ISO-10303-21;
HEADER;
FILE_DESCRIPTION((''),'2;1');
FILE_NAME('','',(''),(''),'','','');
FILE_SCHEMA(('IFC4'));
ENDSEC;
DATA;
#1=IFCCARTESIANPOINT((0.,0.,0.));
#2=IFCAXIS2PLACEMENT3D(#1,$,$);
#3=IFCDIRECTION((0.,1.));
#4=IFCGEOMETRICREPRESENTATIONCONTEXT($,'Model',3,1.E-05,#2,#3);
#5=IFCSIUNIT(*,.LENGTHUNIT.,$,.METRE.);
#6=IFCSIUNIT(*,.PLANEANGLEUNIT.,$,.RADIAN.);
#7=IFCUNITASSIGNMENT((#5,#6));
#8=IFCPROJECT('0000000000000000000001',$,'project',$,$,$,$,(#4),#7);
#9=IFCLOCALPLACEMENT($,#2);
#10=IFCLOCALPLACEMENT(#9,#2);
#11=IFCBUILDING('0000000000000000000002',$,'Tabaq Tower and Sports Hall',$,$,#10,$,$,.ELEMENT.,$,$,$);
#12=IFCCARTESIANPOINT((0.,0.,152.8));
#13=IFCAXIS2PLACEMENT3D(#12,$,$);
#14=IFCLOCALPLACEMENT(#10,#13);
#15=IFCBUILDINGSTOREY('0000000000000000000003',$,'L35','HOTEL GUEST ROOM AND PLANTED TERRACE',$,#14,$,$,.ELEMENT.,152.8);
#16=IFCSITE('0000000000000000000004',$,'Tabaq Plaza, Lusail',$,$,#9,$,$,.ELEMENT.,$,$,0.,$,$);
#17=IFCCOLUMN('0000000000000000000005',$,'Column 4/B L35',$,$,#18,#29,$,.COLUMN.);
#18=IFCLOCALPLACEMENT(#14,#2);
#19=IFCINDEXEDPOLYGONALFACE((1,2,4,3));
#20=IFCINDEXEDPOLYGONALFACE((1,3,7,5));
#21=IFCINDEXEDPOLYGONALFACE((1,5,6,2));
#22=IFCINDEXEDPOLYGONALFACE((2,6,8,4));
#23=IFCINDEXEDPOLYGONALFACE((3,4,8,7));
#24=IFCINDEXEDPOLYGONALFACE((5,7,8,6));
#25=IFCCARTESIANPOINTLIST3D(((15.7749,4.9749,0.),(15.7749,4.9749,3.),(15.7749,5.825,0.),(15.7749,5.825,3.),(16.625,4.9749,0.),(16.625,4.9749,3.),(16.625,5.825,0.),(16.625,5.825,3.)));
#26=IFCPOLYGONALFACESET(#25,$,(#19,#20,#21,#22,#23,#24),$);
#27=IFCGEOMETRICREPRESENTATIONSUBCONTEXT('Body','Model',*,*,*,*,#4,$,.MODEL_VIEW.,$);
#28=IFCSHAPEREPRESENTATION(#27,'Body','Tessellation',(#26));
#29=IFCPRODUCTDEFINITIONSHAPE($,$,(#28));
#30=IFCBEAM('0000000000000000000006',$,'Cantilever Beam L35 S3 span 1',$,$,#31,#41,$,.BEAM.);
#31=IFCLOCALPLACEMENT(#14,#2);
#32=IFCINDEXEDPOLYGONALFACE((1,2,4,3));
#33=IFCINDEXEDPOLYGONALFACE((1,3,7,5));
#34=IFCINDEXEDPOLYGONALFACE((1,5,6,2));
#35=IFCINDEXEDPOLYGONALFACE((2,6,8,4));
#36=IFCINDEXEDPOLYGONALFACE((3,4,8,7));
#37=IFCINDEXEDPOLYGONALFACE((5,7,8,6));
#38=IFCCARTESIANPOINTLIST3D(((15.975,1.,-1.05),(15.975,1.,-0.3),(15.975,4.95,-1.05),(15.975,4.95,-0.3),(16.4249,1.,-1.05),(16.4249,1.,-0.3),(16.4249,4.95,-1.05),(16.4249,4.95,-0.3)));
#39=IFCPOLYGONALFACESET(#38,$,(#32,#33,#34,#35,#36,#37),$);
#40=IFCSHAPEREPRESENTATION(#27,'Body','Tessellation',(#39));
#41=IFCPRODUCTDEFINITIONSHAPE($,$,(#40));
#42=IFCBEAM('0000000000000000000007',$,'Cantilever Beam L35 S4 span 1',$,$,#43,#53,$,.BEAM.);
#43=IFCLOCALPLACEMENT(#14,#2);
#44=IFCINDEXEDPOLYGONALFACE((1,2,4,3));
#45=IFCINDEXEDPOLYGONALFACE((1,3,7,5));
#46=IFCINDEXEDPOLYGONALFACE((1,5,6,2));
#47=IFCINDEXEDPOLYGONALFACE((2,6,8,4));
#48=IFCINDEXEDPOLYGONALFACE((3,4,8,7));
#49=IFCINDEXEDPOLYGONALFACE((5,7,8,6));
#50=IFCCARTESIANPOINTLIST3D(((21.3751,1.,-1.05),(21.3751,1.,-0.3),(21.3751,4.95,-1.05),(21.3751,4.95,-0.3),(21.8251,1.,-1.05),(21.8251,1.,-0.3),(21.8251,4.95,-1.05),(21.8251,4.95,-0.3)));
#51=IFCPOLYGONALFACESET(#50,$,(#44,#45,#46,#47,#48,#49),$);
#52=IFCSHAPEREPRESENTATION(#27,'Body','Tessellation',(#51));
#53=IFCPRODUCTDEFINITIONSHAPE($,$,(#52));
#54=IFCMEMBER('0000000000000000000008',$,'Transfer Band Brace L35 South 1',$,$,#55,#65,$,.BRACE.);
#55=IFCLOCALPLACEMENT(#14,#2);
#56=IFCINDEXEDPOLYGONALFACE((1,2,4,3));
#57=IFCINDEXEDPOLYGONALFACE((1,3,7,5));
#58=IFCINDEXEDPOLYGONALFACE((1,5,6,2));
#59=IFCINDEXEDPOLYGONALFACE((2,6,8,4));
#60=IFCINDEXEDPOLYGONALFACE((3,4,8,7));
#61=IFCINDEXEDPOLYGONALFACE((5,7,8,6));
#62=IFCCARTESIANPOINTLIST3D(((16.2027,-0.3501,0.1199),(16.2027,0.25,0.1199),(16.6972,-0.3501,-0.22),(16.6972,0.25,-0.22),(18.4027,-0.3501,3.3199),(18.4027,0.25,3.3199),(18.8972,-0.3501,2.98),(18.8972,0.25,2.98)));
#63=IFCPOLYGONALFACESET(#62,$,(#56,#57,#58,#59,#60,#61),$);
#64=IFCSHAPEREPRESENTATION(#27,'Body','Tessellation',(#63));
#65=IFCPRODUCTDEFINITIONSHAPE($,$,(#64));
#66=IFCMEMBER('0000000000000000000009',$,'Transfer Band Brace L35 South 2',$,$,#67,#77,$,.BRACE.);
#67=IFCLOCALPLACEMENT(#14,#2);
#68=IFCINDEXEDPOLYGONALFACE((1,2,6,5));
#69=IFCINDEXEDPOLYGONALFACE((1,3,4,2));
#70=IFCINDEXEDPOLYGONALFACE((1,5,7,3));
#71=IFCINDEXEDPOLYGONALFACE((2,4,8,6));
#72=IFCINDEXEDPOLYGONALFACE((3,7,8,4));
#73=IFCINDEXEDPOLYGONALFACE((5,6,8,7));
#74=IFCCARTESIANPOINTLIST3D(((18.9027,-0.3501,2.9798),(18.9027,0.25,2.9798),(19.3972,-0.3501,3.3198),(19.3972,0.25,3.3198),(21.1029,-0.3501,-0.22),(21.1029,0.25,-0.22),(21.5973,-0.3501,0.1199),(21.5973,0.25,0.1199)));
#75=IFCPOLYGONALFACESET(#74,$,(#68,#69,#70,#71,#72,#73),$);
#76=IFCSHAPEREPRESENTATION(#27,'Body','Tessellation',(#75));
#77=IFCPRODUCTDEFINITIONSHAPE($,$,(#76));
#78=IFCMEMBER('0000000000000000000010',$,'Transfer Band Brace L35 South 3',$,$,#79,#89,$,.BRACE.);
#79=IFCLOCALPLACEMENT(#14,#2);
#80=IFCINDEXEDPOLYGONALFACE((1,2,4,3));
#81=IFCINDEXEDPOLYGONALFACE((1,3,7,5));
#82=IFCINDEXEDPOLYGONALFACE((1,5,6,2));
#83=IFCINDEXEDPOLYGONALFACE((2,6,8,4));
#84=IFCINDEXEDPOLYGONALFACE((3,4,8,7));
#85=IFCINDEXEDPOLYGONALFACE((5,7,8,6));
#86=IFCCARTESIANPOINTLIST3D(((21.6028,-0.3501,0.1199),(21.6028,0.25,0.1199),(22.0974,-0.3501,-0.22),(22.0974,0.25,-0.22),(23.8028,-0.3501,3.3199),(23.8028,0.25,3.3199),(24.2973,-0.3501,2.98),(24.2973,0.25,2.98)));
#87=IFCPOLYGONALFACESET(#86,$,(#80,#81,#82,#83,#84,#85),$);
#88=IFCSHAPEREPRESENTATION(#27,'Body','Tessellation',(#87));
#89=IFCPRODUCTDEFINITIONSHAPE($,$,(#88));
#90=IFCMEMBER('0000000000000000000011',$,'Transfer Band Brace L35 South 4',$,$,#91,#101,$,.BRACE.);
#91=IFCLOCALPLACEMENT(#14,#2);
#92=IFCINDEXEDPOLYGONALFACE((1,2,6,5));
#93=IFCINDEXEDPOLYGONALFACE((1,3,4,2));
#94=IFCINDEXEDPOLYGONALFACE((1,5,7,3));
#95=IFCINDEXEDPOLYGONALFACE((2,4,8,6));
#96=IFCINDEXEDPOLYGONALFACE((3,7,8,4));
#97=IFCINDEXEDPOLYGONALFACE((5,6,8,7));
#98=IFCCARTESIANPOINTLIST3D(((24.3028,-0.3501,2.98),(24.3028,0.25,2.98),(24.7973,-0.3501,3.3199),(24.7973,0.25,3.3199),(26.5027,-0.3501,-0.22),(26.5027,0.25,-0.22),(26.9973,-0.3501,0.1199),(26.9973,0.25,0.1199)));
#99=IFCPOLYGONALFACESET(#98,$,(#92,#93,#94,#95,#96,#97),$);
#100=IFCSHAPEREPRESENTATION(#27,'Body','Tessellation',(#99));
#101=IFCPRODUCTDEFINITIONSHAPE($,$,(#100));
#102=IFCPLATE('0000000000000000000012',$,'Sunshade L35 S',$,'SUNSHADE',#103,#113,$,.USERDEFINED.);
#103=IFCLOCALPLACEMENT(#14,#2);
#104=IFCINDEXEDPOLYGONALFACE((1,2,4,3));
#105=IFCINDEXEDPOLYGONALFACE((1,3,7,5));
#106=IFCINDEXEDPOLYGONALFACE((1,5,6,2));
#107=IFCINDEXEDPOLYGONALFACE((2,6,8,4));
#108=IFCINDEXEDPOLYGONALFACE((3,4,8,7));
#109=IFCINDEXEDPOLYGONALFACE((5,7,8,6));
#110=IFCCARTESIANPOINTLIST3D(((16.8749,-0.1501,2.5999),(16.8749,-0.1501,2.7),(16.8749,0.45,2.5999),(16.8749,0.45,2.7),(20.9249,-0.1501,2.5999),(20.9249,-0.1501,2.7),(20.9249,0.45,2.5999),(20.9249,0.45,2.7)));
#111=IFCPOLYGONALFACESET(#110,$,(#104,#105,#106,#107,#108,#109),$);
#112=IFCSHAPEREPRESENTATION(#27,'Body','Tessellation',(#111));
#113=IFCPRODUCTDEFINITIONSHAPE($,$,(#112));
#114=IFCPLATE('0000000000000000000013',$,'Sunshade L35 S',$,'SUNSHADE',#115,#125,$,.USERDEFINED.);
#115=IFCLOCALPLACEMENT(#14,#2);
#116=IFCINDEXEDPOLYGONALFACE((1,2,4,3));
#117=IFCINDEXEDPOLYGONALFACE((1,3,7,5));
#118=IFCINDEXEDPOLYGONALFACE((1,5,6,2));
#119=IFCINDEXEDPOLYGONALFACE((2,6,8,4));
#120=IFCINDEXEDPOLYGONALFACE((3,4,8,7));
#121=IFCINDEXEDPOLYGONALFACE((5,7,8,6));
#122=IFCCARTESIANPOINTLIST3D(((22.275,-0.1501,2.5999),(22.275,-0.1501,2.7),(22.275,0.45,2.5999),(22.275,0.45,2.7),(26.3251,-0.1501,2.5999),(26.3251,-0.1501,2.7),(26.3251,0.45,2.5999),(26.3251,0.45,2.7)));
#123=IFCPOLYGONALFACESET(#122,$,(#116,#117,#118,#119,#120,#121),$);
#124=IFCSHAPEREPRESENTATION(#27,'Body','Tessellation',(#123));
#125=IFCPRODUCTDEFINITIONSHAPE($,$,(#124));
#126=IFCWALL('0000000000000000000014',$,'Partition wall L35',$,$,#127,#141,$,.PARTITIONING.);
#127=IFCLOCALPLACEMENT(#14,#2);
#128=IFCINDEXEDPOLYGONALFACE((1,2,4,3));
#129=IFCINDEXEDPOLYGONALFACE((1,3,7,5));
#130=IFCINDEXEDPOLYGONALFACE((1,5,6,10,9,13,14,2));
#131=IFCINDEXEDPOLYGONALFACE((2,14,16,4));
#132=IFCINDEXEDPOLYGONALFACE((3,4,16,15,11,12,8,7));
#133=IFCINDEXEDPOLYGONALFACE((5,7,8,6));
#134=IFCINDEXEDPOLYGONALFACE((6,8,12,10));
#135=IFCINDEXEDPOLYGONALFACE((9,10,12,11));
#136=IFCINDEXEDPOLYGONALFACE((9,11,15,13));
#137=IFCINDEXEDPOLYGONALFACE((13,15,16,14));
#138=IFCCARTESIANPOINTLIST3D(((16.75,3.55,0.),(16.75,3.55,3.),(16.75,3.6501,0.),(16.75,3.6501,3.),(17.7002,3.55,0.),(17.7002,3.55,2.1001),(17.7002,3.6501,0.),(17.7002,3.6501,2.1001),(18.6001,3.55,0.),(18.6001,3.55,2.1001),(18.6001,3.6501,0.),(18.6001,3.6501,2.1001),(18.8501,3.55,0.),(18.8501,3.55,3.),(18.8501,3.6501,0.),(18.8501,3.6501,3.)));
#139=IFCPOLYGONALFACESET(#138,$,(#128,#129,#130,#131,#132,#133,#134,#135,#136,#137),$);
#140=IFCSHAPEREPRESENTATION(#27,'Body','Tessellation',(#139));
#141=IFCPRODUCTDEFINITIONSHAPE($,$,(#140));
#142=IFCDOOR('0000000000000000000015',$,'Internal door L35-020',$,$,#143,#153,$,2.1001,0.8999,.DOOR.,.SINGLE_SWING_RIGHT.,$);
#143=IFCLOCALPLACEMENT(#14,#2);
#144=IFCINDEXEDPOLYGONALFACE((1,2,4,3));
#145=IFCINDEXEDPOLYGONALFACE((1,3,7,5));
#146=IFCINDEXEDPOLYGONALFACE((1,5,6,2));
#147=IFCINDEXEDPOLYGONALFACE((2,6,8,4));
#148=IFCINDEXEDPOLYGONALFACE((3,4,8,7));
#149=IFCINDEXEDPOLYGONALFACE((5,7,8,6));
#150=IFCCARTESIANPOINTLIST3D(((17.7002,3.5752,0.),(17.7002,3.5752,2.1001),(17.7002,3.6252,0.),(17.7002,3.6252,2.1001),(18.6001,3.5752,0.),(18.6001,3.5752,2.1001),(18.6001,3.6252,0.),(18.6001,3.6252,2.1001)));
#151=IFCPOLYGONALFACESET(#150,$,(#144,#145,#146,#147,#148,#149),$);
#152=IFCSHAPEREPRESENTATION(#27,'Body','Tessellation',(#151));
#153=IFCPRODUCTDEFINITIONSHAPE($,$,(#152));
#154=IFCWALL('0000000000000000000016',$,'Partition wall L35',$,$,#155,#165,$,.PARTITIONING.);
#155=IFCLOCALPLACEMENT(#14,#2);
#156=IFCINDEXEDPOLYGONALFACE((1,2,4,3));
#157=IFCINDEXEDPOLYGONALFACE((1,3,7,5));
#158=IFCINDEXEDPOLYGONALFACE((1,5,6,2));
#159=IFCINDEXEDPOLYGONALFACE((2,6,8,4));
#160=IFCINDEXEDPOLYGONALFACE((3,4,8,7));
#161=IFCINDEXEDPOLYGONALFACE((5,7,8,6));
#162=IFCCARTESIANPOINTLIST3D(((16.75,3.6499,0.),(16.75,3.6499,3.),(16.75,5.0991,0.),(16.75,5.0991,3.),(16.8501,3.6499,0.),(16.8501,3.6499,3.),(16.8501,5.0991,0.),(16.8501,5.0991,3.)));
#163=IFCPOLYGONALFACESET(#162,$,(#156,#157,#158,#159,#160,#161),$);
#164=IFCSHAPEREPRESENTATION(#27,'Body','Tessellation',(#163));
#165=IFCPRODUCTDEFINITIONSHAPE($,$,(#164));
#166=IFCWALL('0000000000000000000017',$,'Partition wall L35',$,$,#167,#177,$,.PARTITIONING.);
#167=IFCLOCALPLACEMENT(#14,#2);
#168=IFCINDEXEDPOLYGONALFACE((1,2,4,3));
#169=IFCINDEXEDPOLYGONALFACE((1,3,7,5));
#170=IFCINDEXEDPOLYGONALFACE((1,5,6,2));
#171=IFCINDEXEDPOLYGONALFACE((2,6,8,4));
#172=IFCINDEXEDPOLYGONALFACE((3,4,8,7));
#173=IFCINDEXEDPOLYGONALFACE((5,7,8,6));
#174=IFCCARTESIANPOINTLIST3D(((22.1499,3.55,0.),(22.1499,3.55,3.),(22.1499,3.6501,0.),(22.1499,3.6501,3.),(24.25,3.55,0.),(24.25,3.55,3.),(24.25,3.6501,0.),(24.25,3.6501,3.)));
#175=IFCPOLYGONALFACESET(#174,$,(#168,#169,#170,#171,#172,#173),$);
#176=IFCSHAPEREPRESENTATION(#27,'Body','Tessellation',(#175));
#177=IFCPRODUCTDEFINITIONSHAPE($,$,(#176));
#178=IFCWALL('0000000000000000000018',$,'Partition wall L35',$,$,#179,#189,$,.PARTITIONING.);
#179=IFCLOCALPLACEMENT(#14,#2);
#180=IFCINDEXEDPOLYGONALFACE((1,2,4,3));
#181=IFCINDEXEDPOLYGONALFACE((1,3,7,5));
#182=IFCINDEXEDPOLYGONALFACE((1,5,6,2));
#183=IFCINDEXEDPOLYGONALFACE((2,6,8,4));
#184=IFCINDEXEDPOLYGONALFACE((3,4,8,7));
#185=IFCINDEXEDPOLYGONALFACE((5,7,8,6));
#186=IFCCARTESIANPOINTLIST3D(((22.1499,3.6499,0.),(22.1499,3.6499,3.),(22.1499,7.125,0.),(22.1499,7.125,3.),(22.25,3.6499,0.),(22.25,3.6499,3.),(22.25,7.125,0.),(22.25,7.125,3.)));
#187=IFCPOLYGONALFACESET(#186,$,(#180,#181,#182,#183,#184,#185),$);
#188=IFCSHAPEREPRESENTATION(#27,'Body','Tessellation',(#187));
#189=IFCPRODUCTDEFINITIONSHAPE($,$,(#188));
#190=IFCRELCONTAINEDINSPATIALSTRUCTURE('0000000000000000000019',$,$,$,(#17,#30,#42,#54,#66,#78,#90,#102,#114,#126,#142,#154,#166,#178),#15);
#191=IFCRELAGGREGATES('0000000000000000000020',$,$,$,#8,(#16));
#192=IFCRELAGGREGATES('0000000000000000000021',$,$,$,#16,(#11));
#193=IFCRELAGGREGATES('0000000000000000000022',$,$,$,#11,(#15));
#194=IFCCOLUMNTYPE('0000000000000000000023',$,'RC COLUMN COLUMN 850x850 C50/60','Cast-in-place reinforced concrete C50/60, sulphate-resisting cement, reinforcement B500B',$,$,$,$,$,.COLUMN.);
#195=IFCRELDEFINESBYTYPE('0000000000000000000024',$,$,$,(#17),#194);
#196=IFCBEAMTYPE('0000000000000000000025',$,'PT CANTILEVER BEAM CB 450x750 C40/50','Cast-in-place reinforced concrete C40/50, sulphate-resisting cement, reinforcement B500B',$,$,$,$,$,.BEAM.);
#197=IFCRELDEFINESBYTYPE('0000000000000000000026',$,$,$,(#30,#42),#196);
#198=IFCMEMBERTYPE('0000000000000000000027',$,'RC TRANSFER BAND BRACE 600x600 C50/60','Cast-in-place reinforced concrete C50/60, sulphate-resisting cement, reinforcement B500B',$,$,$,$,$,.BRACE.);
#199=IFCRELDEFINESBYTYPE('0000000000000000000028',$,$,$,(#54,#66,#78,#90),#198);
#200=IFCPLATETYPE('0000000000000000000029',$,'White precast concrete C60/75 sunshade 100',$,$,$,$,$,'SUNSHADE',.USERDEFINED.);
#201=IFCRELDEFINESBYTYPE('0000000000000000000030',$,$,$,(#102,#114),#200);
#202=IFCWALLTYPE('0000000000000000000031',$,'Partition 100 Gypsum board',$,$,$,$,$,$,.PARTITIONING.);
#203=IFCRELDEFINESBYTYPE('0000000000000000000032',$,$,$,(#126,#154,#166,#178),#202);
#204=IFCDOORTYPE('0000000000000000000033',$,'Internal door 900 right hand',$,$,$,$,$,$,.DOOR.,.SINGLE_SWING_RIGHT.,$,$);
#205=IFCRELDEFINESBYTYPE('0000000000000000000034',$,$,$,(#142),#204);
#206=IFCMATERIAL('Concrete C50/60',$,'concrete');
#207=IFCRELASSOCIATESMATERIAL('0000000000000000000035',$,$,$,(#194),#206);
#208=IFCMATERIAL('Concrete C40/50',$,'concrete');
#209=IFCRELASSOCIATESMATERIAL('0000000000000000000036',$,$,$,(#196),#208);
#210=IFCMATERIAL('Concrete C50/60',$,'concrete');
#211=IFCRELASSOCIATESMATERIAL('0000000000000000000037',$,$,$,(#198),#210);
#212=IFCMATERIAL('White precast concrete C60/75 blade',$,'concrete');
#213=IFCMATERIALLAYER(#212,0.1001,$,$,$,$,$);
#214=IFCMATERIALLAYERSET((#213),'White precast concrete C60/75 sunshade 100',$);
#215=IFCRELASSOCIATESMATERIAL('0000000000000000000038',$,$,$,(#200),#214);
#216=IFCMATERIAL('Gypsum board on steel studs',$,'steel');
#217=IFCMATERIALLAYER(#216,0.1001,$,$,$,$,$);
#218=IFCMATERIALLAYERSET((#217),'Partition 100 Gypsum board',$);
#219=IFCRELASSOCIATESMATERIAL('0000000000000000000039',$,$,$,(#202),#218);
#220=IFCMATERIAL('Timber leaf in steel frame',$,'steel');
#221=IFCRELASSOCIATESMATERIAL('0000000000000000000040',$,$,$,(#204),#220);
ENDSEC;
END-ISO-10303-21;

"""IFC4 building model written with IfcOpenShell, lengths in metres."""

from ifc_helpers import new_model, si_unit, direction, frame, frame_2d, origin, origin_2d, place, context, subcontext, project, spatial, rectangle, extrude, material, layer, layer_set, material_profile, profile_set, type_object, element, fill, save


model = new_model("IFC4")

# Units and contexts
model_context = context("Model", 3, precision=1e-05, world=origin(), true_north=direction((0.0, 1.0)))
body_context = subcontext(model_context, "Body", "Model", "MODEL_VIEW")
ifc_project = project(units=[si_unit("LENGTHUNIT", "METRE"), si_unit("PLANEANGLEUNIT", "RADIAN")], contexts=[model_context])

# Site, building, storey
site_placement = place(None, origin())
site = spatial("IfcSite", under=ifc_project, at=site_placement, Name="Tabaq Plaza, Lusail", CompositionType="ELEMENT", RefElevation=0.0)
building_placement = place(site_placement, origin())
building = spatial("IfcBuilding", under=site, at=building_placement, Name="Tabaq Tower and Sports Hall", CompositionType="ELEMENT")
storey_placement = place(building_placement, frame((0.0, 0.0, 152.8)))
storey = spatial("IfcBuildingStorey", under=building, at=storey_placement, Name="L35", Description="HOTEL GUEST ROOM AND PLANTED TERRACE", CompositionType="ELEMENT", Elevation=152.8)

# Column
ifc_material_1 = material(Name="Concrete C50/60", Category="concrete")
ifc_material_profile_1 = material_profile(ifc_material_1, rectangle(XDim=0.8501, YDim=0.8501, at=origin_2d()), Name="COLUMN 850x850")
ifc_profile_set_1 = profile_set([ifc_material_profile_1], Name="Concrete C50/60")
column_type = type_object("IfcColumnType", Name="RC COLUMN COLUMN 850x850 C50/60", Description="Cast-in-place reinforced concrete C50/60, sulphate-resisting cement, reinforcement B500B", PredefinedType="COLUMN", material=ifc_profile_set_1)
column_placement = place(storey_placement, frame((16.2, 5.3999, 0.0), z_axis=(0.0, 0.0, 1.0), x_axis=(1.0, 0.0, 0.0)))
element("IfcColumn", 1, at=column_placement, inside=storey, type_object=column_type, Name="Column 4/B L35", PredefinedType="COLUMN", context=body_context, shape_type="SweptSolid", body=[
    extrude(rectangle(XDim=0.8501, YDim=0.8501, at=origin_2d()), origin(), (0.0, 0.0, 1.0), 3.0),
])

# Beams
ifc_material_2 = material(Name="Concrete C40/50", Category="concrete")
ifc_material_profile_2 = material_profile(ifc_material_2, rectangle(XDim=0.45, YDim=0.75, at=origin_2d()), Name="CB 450x750")
ifc_profile_set_2 = profile_set([ifc_material_profile_2], Name="Concrete C40/50")
beam_type = type_object("IfcBeamType", Name="PT CANTILEVER BEAM CB 450x750 C40/50", Description="Cast-in-place reinforced concrete C40/50, sulphate-resisting cement, reinforcement B500B", PredefinedType="BEAM", material=ifc_profile_set_2)
for number, where, z_axis, x_axis, name in (
    (2, (16.2, 1.0, -0.675), (0.0, 1.0, 0.0), (-1.0, 0.0, 0.0), "Cantilever Beam L35 S3 span 1"),
    (3, (21.6001, 1.0, -0.675), (0.0, 1.0, 0.0), (-1.0, 0.0, 0.0), "Cantilever Beam L35 S4 span 1"),
):
    element("IfcBeam", number, at=place(storey_placement, frame(where, z_axis=z_axis, x_axis=x_axis)), inside=storey, type_object=beam_type, Name=name, PredefinedType="BEAM", context=body_context, shape_type="SweptSolid", body=[
        extrude(rectangle(XDim=0.45, YDim=0.75, at=origin_2d()), origin(), (0.0, 0.0, 1.0), 3.95),
    ])

# Members
ifc_material_3 = material(Name="Concrete C50/60", Category="concrete")
ifc_material_profile_3 = material_profile(ifc_material_3, rectangle(XDim=0.6001, YDim=0.6001, at=origin_2d()), Name="TRANSFER BAND BRACE 600x600")
ifc_profile_set_3 = profile_set([ifc_material_profile_3], Name="Concrete C50/60")
member_type = type_object("IfcMemberType", Name="RC TRANSFER BAND BRACE 600x600 C50/60", Description="Cast-in-place reinforced concrete C50/60, sulphate-resisting cement, reinforcement B500B", PredefinedType="BRACE", material=ifc_profile_set_3)
for number, where, z_axis, x_axis, name in (
    (4, (16.45, -0.05, -0.05), (0.566526, 0.0, 0.824044), (0.0, 1.0, 0.0), "Transfer Band Brace L35 South 1"),
    (5, (21.3501, -0.05, -0.05), (-0.566569, 0.0, 0.824014), (0.0, -1.0, 0.0), "Transfer Band Brace L35 South 2"),
    (6, (21.8501, -0.05, -0.05), (0.566526, 0.0, 0.824044), (0.0, 1.0, 0.0), "Transfer Band Brace L35 South 3"),
    (7, (26.75, -0.05, -0.05), (-0.566526, 0.0, 0.824044), (0.0, -1.0, 0.0), "Transfer Band Brace L35 South 4"),
):
    element("IfcMember", number, at=place(storey_placement, frame(where, z_axis=z_axis, x_axis=x_axis)), inside=storey, type_object=member_type, Name=name, PredefinedType="BRACE", context=body_context, shape_type="SweptSolid", body=[
        extrude(rectangle(XDim=0.6001, YDim=0.6001, at=origin_2d()), origin(), (0.0, 0.0, 1.0), 3.8833),
    ])

# Plates
ifc_material_4 = material(Name="White precast concrete C60/75 blade", Category="concrete")
ifc_layer_1 = layer(ifc_material_4, 0.1001)
ifc_layer_set_1 = layer_set([ifc_layer_1], Name="White precast concrete C60/75 sunshade 100")
plate_type = type_object("IfcPlateType", Name="White precast concrete C60/75 sunshade 100", ElementType="SUNSHADE", PredefinedType="USERDEFINED", material=ifc_layer_set_1)
for number, where, z_axis, x_axis, name in (
    (8, (18.8999, 0.1499, 2.5999), (0.0, 0.0, 1.0), (1.0, 0.0, 0.0), "Sunshade L35 S"),
    (9, (24.3, 0.1499, 2.5999), (0.0, 0.0, 1.0), (1.0, 0.0, 0.0), "Sunshade L35 S"),
):
    element("IfcPlate", number, at=place(storey_placement, frame(where, z_axis=z_axis, x_axis=x_axis)), inside=storey, type_object=plate_type, Name=name, ObjectType="SUNSHADE", PredefinedType="USERDEFINED", context=body_context, shape_type="SweptSolid", body=[
        extrude(rectangle(XDim=4.05, YDim=0.6001, at=origin_2d()), origin(), (0.0, 0.0, 1.0), 0.1001),
    ])

# Wall, opening, door
ifc_material_5 = material(Name="Gypsum board on steel studs", Category="steel")
ifc_layer_2 = layer(ifc_material_5, 0.1001)
ifc_layer_set_2 = layer_set([ifc_layer_2], Name="Partition 100 Gypsum board")
wall_type_1 = type_object("IfcWallType", Name="Partition 100 Gypsum board", PredefinedType="PARTITIONING", material=ifc_layer_set_2)
wall_1_placement = place(storey_placement, frame((18.8501, 3.6001, 0.0), z_axis=(0.0, 0.0, 1.0), x_axis=(-1.0, 0.0, 0.0)))
wall_1 = element("IfcWall", 10, at=wall_1_placement, inside=storey, type_object=wall_type_1, Name="Partition wall L35", PredefinedType="PARTITIONING", context=body_context, shape_type="SweptSolid", body=[
    extrude(rectangle(XDim=2.1001, YDim=0.1001, at=frame_2d((1.05, 0.0))), origin(), (0.0, 0.0, 1.0), 3.0),
])
opening_placement = place(wall_1_placement, frame((0.25, 0.0, 0.0)))
opening = element("IfcOpeningElement", 11, at=opening_placement, cuts=wall_1, PredefinedType="OPENING", context=body_context, shape_type="SweptSolid", body=[
    extrude(rectangle(XDim=0.8999, YDim=2.1001, at=frame_2d((0.45, 1.05))), frame((0.0, 0.05, 0.0), z_axis=(0.0, -1.0, 0.0), x_axis=(1.0, 0.0, 0.0)), (0.0, 0.0, 1.0), 0.1001),
])
ifc_material_6 = material(Name="Timber leaf in steel frame", Category="steel")
door_type = type_object("IfcDoorType", Name="Internal door 900 right hand", OperationType="SINGLE_SWING_RIGHT", PredefinedType="DOOR", material=ifc_material_6)
door_placement = place(opening_placement, origin())
door = element("IfcDoor", 12, at=door_placement, inside=storey, type_object=door_type, Name="Internal door L35-020", OperationType="SINGLE_SWING_RIGHT", OverallHeight=2.1001, OverallWidth=0.8999, PredefinedType="DOOR", context=body_context, shape_type="SweptSolid", body=[
    extrude(rectangle(XDim=0.8999, YDim=2.1001, at=frame_2d((0.45, 1.05))), frame((0.0, 0.0249, 0.0), z_axis=(0.0, -1.0, 0.0), x_axis=(1.0, 0.0, 0.0)), (0.0, 0.0, 1.0), 0.05),
])
fill(opening, door)

# Walls
wall_2_placement = place(storey_placement, frame((16.8, 3.6499, 0.0), z_axis=(0.0, 0.0, 1.0), x_axis=(0.0, 1.0, 0.0)))
element("IfcWall", 13, at=wall_2_placement, inside=storey, type_object=wall_type_1, Name="Partition wall L35", PredefinedType="PARTITIONING", context=body_context, shape_type="SweptSolid", body=[
    extrude(rectangle(XDim=1.4492, YDim=0.1001, at=frame_2d((0.7246, 0.0))), origin(), (0.0, 0.0, 1.0), 3.0),
])
wall_3_placement = place(storey_placement, frame((24.25, 3.6001, 0.0), z_axis=(0.0, 0.0, 1.0), x_axis=(-1.0, 0.0, 0.0)))
element("IfcWall", 14, at=wall_3_placement, inside=storey, type_object=wall_type_1, Name="Partition wall L35", PredefinedType="PARTITIONING", context=body_context, shape_type="SweptSolid", body=[
    extrude(rectangle(XDim=2.1001, YDim=0.1001, at=frame_2d((1.05, 0.0))), origin(), (0.0, 0.0, 1.0), 3.0),
])
wall_4_placement = place(storey_placement, frame((22.2, 3.6499, 0.0), z_axis=(0.0, 0.0, 1.0), x_axis=(0.0, 1.0, 0.0)))
element("IfcWall", 15, at=wall_4_placement, inside=storey, type_object=wall_type_1, Name="Partition wall L35", PredefinedType="PARTITIONING", context=body_context, shape_type="SweptSolid", body=[
    extrude(rectangle(XDim=3.4751, YDim=0.1001, at=frame_2d((1.7375, 0.0))), origin(), (0.0, 0.0, 1.0), 3.0),
])

save(model, "model.ifc")
